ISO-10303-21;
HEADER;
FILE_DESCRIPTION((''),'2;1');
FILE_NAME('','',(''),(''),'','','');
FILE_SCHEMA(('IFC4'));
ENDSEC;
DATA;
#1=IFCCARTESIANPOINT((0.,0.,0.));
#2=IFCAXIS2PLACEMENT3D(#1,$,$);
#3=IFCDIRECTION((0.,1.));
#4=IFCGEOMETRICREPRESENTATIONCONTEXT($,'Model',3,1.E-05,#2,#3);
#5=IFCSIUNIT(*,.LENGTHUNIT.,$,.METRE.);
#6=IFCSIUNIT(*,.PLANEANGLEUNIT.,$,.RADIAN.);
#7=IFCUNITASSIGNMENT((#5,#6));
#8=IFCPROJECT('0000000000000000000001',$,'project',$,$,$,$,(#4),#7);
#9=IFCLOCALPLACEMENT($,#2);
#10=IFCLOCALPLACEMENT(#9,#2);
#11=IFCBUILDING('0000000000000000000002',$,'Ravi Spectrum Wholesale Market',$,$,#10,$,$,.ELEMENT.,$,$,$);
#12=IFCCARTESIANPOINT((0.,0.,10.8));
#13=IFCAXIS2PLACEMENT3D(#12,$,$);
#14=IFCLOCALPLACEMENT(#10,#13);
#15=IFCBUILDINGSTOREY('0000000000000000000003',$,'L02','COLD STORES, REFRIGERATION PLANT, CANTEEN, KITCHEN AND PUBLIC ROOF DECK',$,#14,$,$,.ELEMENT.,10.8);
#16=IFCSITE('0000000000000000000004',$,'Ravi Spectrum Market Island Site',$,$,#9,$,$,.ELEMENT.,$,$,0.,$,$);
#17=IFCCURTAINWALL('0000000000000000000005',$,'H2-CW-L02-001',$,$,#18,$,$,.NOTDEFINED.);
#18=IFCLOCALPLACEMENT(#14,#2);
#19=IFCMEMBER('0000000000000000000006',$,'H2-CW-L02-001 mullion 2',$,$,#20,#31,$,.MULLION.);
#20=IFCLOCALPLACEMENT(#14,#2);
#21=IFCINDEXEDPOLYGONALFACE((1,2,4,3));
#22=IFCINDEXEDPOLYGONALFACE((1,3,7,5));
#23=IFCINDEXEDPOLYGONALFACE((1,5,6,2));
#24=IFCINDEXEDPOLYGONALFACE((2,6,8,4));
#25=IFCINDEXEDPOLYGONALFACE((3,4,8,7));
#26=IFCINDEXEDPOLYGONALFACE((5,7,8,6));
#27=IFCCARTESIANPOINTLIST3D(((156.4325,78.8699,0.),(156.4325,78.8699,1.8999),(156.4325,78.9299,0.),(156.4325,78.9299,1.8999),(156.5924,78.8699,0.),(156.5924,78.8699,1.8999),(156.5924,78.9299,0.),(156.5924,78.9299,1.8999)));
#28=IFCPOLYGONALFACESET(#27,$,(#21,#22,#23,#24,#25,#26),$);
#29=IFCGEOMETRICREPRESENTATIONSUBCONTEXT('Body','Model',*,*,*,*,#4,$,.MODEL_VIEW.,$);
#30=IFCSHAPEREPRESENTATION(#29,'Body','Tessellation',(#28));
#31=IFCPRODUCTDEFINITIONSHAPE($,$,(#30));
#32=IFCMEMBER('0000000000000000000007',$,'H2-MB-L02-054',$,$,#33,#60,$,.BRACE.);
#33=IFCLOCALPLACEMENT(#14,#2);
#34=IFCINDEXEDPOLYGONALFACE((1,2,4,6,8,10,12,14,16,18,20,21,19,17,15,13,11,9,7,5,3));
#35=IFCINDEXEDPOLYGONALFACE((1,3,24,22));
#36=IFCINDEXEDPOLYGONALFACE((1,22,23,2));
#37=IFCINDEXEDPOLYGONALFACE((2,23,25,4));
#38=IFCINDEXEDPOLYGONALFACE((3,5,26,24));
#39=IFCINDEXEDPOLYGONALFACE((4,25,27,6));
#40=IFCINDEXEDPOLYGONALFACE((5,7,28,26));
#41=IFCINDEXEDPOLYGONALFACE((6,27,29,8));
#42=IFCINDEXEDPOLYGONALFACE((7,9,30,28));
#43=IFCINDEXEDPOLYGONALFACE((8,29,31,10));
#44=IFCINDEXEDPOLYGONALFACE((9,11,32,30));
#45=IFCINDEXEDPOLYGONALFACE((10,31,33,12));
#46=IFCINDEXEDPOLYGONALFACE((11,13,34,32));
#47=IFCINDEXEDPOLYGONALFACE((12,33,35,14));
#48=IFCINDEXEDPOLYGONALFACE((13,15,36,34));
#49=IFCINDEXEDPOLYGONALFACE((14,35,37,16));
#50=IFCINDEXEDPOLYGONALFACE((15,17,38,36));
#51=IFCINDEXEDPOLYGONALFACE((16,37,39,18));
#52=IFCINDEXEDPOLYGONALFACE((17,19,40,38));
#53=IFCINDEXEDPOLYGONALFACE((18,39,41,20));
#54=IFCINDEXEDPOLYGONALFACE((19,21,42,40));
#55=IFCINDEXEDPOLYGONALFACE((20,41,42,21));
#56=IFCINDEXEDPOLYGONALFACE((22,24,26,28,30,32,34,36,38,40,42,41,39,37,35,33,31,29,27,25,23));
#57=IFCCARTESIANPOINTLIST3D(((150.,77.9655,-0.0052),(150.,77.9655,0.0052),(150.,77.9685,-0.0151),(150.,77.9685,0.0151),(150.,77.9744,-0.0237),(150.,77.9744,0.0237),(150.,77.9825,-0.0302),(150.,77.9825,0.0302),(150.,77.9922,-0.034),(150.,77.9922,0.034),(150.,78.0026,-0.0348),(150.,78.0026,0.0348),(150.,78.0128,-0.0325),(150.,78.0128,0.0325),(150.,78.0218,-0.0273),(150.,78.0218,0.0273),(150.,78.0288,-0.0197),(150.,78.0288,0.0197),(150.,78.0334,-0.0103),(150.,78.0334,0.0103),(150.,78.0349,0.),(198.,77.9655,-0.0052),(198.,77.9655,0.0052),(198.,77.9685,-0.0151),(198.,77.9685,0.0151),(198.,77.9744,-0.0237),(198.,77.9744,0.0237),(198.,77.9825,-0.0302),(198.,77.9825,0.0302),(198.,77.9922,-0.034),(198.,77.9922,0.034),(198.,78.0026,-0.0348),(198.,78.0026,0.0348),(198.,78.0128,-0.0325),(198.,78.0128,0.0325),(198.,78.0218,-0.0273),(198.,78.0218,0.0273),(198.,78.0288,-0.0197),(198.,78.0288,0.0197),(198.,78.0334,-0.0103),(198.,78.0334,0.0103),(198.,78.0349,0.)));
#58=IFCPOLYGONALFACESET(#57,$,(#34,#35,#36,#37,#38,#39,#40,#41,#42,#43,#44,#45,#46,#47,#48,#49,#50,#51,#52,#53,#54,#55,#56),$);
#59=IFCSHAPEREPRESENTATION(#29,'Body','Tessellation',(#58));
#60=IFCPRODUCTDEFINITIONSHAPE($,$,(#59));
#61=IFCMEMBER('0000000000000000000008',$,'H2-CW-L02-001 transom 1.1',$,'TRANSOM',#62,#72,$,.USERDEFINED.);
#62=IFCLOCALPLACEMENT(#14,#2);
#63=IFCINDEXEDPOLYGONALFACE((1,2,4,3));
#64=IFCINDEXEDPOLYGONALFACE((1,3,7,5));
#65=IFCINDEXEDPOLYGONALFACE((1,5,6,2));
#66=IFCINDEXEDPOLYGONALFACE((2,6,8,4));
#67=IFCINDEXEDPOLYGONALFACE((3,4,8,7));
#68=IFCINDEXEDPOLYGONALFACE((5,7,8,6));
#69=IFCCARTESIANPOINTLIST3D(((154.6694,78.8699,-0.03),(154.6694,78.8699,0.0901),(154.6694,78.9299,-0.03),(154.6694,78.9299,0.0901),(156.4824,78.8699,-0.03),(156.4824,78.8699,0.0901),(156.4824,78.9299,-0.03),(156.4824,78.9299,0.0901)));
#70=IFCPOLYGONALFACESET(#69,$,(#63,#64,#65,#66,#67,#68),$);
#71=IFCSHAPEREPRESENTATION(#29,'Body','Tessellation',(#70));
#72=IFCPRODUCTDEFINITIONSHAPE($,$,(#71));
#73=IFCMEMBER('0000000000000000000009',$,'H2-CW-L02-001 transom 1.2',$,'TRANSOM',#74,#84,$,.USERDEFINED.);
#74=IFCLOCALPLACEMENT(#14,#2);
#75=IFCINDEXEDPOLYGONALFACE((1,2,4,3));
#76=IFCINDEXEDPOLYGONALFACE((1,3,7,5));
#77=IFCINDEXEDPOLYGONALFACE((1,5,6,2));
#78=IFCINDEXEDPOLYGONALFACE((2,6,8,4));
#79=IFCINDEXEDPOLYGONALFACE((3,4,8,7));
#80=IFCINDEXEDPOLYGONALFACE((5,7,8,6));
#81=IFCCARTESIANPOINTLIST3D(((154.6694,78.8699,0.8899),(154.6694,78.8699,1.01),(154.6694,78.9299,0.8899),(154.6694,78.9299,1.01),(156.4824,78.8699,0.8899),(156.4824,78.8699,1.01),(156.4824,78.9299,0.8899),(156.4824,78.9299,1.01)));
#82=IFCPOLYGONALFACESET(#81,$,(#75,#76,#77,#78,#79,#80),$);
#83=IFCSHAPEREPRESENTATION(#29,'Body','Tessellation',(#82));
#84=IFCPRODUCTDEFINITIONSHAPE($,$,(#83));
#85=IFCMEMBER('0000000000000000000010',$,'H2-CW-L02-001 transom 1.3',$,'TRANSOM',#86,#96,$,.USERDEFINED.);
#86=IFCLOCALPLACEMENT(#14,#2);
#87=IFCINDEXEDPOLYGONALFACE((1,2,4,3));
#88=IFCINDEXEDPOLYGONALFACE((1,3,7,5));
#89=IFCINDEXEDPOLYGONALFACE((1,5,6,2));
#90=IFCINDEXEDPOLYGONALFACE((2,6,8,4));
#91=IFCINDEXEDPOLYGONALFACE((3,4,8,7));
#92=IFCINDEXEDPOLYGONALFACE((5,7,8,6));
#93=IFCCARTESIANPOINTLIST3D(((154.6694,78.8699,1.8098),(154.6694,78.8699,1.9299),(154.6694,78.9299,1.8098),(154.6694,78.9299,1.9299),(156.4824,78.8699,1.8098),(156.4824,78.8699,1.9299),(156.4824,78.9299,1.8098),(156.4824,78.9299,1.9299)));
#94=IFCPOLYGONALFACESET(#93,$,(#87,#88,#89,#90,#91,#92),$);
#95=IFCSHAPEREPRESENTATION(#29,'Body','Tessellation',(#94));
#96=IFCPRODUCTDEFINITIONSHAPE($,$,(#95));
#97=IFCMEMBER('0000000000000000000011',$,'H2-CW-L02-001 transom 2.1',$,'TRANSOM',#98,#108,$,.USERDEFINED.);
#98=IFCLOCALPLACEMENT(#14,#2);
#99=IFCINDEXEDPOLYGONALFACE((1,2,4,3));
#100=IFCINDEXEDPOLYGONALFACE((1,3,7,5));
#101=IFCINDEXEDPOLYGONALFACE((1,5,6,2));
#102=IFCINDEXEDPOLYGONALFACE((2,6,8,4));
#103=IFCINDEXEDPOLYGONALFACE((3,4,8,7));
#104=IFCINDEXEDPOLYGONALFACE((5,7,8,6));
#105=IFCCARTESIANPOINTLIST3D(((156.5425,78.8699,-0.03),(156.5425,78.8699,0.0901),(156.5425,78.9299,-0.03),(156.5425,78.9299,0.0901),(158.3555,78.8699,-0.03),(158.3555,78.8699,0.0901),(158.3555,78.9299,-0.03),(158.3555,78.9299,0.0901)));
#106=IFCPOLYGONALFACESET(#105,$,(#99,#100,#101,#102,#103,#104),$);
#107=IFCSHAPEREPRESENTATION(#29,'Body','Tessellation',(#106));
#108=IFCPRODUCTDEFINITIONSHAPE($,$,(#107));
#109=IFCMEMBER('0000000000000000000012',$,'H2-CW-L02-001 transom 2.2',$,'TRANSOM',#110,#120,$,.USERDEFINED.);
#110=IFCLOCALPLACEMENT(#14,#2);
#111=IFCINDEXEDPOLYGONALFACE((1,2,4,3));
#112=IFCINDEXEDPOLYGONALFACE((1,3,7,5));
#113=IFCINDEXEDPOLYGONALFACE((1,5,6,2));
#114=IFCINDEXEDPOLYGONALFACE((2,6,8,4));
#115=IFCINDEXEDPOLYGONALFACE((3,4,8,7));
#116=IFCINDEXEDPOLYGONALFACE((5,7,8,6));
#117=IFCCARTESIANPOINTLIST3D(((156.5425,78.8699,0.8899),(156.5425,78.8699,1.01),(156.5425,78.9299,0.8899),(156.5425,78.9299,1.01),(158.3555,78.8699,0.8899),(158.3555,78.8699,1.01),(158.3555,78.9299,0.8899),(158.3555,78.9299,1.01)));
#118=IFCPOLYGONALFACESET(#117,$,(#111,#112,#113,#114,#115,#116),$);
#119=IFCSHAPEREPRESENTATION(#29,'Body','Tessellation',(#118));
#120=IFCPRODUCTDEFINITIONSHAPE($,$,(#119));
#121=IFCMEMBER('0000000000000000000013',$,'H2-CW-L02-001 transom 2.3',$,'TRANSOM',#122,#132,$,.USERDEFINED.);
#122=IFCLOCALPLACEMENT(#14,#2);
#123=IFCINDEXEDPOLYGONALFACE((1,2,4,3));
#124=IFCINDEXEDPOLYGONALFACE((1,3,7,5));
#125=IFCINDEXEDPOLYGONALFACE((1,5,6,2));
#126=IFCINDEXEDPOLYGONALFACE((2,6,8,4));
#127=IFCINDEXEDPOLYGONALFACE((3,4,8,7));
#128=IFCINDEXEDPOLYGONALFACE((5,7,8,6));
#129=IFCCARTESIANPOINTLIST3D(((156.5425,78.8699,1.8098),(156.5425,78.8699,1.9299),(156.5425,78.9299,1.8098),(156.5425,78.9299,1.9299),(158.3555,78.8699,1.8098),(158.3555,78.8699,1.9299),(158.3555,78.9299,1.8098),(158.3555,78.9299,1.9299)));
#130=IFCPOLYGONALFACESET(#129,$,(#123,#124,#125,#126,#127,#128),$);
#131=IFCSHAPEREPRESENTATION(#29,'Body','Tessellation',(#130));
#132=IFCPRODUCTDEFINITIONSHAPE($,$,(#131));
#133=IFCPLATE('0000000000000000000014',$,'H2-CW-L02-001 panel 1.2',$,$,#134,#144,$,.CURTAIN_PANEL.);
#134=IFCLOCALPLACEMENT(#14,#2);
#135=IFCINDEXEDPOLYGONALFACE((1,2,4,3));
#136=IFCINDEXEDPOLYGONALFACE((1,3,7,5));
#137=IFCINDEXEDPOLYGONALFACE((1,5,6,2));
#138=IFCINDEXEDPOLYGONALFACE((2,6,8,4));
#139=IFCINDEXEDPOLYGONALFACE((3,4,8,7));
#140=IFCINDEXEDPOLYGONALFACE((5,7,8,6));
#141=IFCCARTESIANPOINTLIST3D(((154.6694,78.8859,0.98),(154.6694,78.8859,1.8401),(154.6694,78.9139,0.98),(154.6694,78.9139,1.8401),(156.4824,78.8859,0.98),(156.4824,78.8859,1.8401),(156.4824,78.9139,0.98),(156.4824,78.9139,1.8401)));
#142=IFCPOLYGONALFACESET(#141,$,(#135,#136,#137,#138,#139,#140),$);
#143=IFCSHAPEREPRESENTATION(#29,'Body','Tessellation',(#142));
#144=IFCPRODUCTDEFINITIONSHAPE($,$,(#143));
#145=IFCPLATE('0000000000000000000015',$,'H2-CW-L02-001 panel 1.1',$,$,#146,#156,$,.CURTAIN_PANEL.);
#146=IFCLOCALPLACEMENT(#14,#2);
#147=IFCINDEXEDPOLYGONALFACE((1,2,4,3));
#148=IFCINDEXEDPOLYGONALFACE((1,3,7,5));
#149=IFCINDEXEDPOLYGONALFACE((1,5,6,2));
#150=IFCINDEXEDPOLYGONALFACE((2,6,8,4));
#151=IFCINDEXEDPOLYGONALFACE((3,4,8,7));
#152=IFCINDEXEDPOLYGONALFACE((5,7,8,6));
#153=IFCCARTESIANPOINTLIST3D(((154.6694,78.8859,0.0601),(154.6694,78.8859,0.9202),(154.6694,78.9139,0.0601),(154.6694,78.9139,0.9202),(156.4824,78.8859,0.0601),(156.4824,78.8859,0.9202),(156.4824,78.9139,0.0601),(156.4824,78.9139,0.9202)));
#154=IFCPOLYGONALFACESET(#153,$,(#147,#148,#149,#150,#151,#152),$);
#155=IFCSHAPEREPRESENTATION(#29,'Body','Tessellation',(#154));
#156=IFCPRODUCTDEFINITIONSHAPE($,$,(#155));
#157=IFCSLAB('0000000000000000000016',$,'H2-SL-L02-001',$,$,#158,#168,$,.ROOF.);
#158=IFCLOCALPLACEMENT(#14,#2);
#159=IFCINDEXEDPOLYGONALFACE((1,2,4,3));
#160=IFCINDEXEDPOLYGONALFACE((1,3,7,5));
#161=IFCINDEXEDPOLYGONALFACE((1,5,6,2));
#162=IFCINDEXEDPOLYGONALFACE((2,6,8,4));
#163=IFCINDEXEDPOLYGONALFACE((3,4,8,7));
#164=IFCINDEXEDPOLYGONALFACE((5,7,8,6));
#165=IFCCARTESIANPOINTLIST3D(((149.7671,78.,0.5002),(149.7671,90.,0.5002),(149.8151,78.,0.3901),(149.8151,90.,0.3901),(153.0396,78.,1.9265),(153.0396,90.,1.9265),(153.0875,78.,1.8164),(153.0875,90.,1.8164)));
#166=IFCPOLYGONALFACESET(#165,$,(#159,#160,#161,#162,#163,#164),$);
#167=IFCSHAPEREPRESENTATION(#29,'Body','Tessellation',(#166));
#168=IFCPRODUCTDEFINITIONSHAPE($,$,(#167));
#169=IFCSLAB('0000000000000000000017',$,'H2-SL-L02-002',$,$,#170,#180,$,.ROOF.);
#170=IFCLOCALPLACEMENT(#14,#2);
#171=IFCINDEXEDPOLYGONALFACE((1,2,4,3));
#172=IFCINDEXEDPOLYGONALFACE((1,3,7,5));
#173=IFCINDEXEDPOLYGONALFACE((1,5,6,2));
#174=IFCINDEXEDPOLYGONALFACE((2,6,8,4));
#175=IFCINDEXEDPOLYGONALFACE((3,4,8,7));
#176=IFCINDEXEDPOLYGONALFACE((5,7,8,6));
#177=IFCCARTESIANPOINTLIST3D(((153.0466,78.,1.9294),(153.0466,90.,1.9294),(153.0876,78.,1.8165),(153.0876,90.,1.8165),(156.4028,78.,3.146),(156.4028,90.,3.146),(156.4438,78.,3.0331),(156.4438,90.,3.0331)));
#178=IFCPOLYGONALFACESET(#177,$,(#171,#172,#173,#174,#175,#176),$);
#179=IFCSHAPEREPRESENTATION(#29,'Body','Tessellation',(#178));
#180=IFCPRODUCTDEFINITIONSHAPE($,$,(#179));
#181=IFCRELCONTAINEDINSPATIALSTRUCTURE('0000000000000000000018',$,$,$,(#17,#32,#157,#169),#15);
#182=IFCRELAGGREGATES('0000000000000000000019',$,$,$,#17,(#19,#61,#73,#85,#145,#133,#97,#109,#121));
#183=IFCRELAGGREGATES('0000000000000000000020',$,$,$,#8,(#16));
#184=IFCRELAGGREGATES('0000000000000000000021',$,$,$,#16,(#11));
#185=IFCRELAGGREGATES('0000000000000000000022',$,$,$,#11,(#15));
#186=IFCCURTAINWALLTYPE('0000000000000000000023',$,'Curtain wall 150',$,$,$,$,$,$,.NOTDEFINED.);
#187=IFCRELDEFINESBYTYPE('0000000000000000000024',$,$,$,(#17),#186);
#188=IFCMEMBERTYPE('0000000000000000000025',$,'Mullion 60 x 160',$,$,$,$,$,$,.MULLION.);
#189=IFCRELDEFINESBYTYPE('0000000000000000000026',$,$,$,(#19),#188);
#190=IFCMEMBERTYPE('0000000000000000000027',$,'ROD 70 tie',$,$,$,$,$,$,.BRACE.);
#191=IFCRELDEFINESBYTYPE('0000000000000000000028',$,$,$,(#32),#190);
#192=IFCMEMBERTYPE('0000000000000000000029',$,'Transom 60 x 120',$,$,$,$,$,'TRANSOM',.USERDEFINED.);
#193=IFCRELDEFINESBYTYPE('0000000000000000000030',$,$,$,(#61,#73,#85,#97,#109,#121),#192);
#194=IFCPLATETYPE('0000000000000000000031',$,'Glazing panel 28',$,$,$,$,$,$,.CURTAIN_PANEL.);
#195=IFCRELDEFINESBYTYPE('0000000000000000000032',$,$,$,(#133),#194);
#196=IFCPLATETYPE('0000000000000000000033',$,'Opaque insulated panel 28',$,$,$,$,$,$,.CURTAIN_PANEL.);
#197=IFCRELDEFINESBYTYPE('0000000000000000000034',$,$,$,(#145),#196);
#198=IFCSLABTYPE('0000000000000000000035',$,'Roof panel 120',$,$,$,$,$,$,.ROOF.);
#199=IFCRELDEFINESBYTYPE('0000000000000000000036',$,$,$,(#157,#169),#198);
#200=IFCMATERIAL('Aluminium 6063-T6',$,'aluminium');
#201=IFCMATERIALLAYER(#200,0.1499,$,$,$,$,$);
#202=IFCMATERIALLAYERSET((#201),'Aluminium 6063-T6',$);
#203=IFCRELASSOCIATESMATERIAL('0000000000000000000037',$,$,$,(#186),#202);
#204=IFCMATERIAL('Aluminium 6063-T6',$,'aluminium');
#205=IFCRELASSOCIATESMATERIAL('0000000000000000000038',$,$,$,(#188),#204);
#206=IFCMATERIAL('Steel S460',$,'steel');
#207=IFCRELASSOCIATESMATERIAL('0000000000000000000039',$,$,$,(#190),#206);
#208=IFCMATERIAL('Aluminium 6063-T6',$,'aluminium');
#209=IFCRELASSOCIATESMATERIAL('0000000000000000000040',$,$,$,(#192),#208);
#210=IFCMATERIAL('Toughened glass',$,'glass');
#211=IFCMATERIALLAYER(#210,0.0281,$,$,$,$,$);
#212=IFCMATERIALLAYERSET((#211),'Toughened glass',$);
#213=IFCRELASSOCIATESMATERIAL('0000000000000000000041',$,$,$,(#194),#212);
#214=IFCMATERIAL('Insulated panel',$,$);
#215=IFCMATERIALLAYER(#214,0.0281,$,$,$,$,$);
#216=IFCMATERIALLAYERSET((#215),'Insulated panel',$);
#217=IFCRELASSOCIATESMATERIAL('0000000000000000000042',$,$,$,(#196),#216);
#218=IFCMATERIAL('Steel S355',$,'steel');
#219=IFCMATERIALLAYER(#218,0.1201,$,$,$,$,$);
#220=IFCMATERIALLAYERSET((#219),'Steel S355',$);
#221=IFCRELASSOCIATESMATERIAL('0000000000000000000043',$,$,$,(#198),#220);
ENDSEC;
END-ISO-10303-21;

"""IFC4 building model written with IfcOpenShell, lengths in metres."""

from ifc_helpers import new_model, si_unit, direction, frame, origin, origin_2d, place, context, subcontext, project, spatial, polyline, rectangle, circle, outline, extrude, material, layer, layer_set, material_profile, profile_set, type_object, element, aggregate, save


model = new_model("IFC4")

# Units and contexts
model_context = context("Model", 3, precision=1e-05, world=origin(), true_north=direction((0.0, 1.0)))
body_context = subcontext(model_context, "Body", "Model", "MODEL_VIEW")
ifc_project = project(units=[si_unit("LENGTHUNIT", "METRE"), si_unit("PLANEANGLEUNIT", "RADIAN")], contexts=[model_context])

# Site, building, storey
site_placement = place(None, origin())
site = spatial("IfcSite", under=ifc_project, at=site_placement, Name="Ravi Spectrum Market Island Site", CompositionType="ELEMENT", RefElevation=0.0)
building_placement = place(site_placement, origin())
building = spatial("IfcBuilding", under=site, at=building_placement, Name="Ravi Spectrum Wholesale Market", CompositionType="ELEMENT")
storey_placement = place(building_placement, frame((0.0, 0.0, 10.8)))
storey = spatial("IfcBuildingStorey", under=building, at=storey_placement, Name="L02", Description="COLD STORES, REFRIGERATION PLANT, CANTEEN, KITCHEN AND PUBLIC ROOF DECK", CompositionType="ELEMENT", Elevation=10.8)

# Curtain wall, member
ifc_material_1 = material(Name="Aluminium 6063-T6", Category="aluminium")
ifc_layer_1 = layer(ifc_material_1, 0.1499)
ifc_layer_set_1 = layer_set([ifc_layer_1], Name="Aluminium 6063-T6")
curtain_wall_type = type_object("IfcCurtainWallType", Name="Curtain wall 150", PredefinedType="NOTDEFINED", material=ifc_layer_set_1)
curtain_wall_placement = place(storey_placement, origin())
curtain_wall = element("IfcCurtainWall", 1, at=curtain_wall_placement, inside=storey, type_object=curtain_wall_type, Name="H2-CW-L02-001", PredefinedType="NOTDEFINED")
ifc_material_2 = material(Name="Aluminium 6063-T6", Category="aluminium")
ifc_material_profile_1 = material_profile(ifc_material_2, rectangle(XDim=0.0601, YDim=0.1599, at=origin_2d()))
ifc_profile_set_1 = profile_set([ifc_material_profile_1], Name="Aluminium 6063-T6")
member_type_1 = type_object("IfcMemberType", Name="Mullion 60 x 160", PredefinedType="MULLION", material=ifc_profile_set_1)
member_1_placement = place(storey_placement, frame((156.5125, 78.8999, 0.0), z_axis=(0.0, 0.0, 1.0), x_axis=(0.0, 1.0, 0.0)))
member_1 = element("IfcMember", 2, at=member_1_placement, type_object=member_type_1, Name="H2-CW-L02-001 mullion 2", PredefinedType="MULLION", context=body_context, shape_type="SweptSolid", body=[
    extrude(rectangle(XDim=0.0601, YDim=0.1599, at=origin_2d()), origin(), (0.0, 0.0, 1.0), 1.8999),
])

# Members
ifc_material_3 = material(Name="Steel S460", Category="steel")
ifc_material_profile_2 = material_profile(ifc_material_3, circle(Radius=0.0349, at=origin_2d()))
ifc_profile_set_2 = profile_set([ifc_material_profile_2], Name="Steel S460")
member_type_2 = type_object("IfcMemberType", Name="ROD 70 tie", PredefinedType="BRACE", material=ifc_profile_set_2)
member_2_placement = place(storey_placement, frame((150.0, 78.0, 0.0), z_axis=(1.0, 0.0, 0.0), x_axis=(0.0, 1.0, 0.0)))
element("IfcMember", 3, at=member_2_placement, inside=storey, type_object=member_type_2, Name="H2-MB-L02-054", PredefinedType="BRACE", context=body_context, shape_type="SweptSolid", body=[
    extrude(circle(Radius=0.0349, at=origin_2d()), origin(), (0.0, 0.0, 1.0), 48.0),
])
ifc_material_4 = material(Name="Aluminium 6063-T6", Category="aluminium")
ifc_material_profile_3 = material_profile(ifc_material_4, rectangle(XDim=0.0601, YDim=0.1201, at=origin_2d()))
ifc_profile_set_3 = profile_set([ifc_material_profile_3], Name="Aluminium 6063-T6")
member_type_3 = type_object("IfcMemberType", Name="Transom 60 x 120", ElementType="TRANSOM", PredefinedType="USERDEFINED", material=ifc_profile_set_3)
member_3_placement = place(storey_placement, frame((154.6694, 78.8999, 0.03), z_axis=(1.0, 0.0, 0.0), x_axis=(0.0, 1.0, 0.0)))
member_3 = element("IfcMember", 4, at=member_3_placement, type_object=member_type_3, Name="H2-CW-L02-001 transom 1.1", ObjectType="TRANSOM", PredefinedType="USERDEFINED", context=body_context, shape_type="SweptSolid", body=[
    extrude(rectangle(XDim=0.0601, YDim=0.1201, at=origin_2d()), origin(), (0.0, 0.0, 1.0), 1.813),
])
member_4_placement = place(storey_placement, frame((154.6694, 78.8999, 0.95), z_axis=(1.0, 0.0, 0.0), x_axis=(0.0, 1.0, 0.0)))
member_4 = element("IfcMember", 5, at=member_4_placement, type_object=member_type_3, Name="H2-CW-L02-001 transom 1.2", ObjectType="TRANSOM", PredefinedType="USERDEFINED", context=body_context, shape_type="SweptSolid", body=[
    extrude(rectangle(XDim=0.0601, YDim=0.1201, at=origin_2d()), origin(), (0.0, 0.0, 1.0), 1.813),
])
member_5_placement = place(storey_placement, frame((154.6694, 78.8999, 1.8699), z_axis=(1.0, 0.0, 0.0), x_axis=(0.0, 1.0, 0.0)))
member_5 = element("IfcMember", 6, at=member_5_placement, type_object=member_type_3, Name="H2-CW-L02-001 transom 1.3", ObjectType="TRANSOM", PredefinedType="USERDEFINED", context=body_context, shape_type="SweptSolid", body=[
    extrude(rectangle(XDim=0.0601, YDim=0.1201, at=origin_2d()), origin(), (0.0, 0.0, 1.0), 1.813),
])
member_6_placement = place(storey_placement, frame((156.5425, 78.8999, 0.03), z_axis=(1.0, 0.0, 0.0), x_axis=(0.0, 1.0, 0.0)))
member_6 = element("IfcMember", 7, at=member_6_placement, type_object=member_type_3, Name="H2-CW-L02-001 transom 2.1", ObjectType="TRANSOM", PredefinedType="USERDEFINED", context=body_context, shape_type="SweptSolid", body=[
    extrude(rectangle(XDim=0.0601, YDim=0.1201, at=origin_2d()), origin(), (0.0, 0.0, 1.0), 1.813),
])
member_7_placement = place(storey_placement, frame((156.5425, 78.8999, 0.95), z_axis=(1.0, 0.0, 0.0), x_axis=(0.0, 1.0, 0.0)))
member_7 = element("IfcMember", 8, at=member_7_placement, type_object=member_type_3, Name="H2-CW-L02-001 transom 2.2", ObjectType="TRANSOM", PredefinedType="USERDEFINED", context=body_context, shape_type="SweptSolid", body=[
    extrude(rectangle(XDim=0.0601, YDim=0.1201, at=origin_2d()), origin(), (0.0, 0.0, 1.0), 1.813),
])
member_8_placement = place(storey_placement, frame((156.5425, 78.8999, 1.8699), z_axis=(1.0, 0.0, 0.0), x_axis=(0.0, 1.0, 0.0)))
member_8 = element("IfcMember", 9, at=member_8_placement, type_object=member_type_3, Name="H2-CW-L02-001 transom 2.3", ObjectType="TRANSOM", PredefinedType="USERDEFINED", context=body_context, shape_type="SweptSolid", body=[
    extrude(rectangle(XDim=0.0601, YDim=0.1201, at=origin_2d()), origin(), (0.0, 0.0, 1.0), 1.813),
])

# Plates
ifc_material_5 = material(Name="Toughened glass", Category="glass")
ifc_layer_2 = layer(ifc_material_5, 0.0281)
ifc_layer_set_2 = layer_set([ifc_layer_2], Name="Toughened glass")
plate_type_1 = type_object("IfcPlateType", Name="Glazing panel 28", PredefinedType="CURTAIN_PANEL", material=ifc_layer_set_2)
plate_1_placement = place(storey_placement, frame((155.5759, 78.8999, 0.98), z_axis=(0.0, 0.0, 1.0), x_axis=(1.0, 0.0, 0.0)))
plate_1 = element("IfcPlate", 10, at=plate_1_placement, type_object=plate_type_1, Name="H2-CW-L02-001 panel 1.2", PredefinedType="CURTAIN_PANEL", context=body_context, shape_type="SweptSolid", body=[
    extrude(rectangle(XDim=1.813, YDim=0.0281, at=origin_2d()), origin(), (0.0, 0.0, 1.0), 0.8601),
])
ifc_material_6 = material(Name="Insulated panel")
ifc_layer_3 = layer(ifc_material_6, 0.0281)
ifc_layer_set_3 = layer_set([ifc_layer_3], Name="Insulated panel")
plate_type_2 = type_object("IfcPlateType", Name="Opaque insulated panel 28", PredefinedType="CURTAIN_PANEL", material=ifc_layer_set_3)
plate_2_placement = place(storey_placement, frame((155.5759, 78.8999, 0.0601), z_axis=(0.0, 0.0, 1.0), x_axis=(1.0, 0.0, 0.0)))
plate_2 = element("IfcPlate", 11, at=plate_2_placement, type_object=plate_type_2, Name="H2-CW-L02-001 panel 1.1", PredefinedType="CURTAIN_PANEL", context=body_context, shape_type="SweptSolid", body=[
    extrude(rectangle(XDim=1.813, YDim=0.0281, at=origin_2d()), origin(), (0.0, 0.0, 1.0), 0.8601),
])
aggregate(curtain_wall, [member_1, member_3, member_4, member_5, plate_2, plate_1, member_6, member_7, member_8])

# Slabs
ifc_material_7 = material(Name="Steel S355", Category="steel")
ifc_layer_4 = layer(ifc_material_7, 0.1201)
ifc_layer_set_4 = layer_set([ifc_layer_4], Name="Steel S355")
slab_type = type_object("IfcSlabType", Name="Roof panel 120", PredefinedType="ROOF", material=ifc_layer_set_4)
slab_1_placement = place(storey_placement, frame((149.7671, 78.0, 0.5002), z_axis=(-0.399541, 0.0, 0.916715), x_axis=(0.916715, 0.0, 0.399541)))
element("IfcSlab", 12, at=slab_1_placement, inside=storey, type_object=slab_type, Name="H2-SL-L02-001", PredefinedType="ROOF", context=body_context, shape_type="SweptSolid", body=[
    extrude(outline(polyline([(0.0, 0.0), (3.5698, 0.0), (3.5698, 12.0), (0.0, 12.0), (0.0, 0.0)])), origin(), (0.0, 0.0, -1.0), 0.1201),
])
slab_2_placement = place(storey_placement, frame((153.0466, 78.0, 1.9294), z_axis=(-0.340782, 0.0, 0.940142), x_axis=(0.940142, 0.0, 0.340782)))
element("IfcSlab", 13, at=slab_2_placement, inside=storey, type_object=slab_type, Name="H2-SL-L02-002", PredefinedType="ROOF", context=body_context, shape_type="SweptSolid", body=[
    extrude(outline(polyline([(0.0, 0.0), (3.5699, 0.0), (3.5699, 12.0), (0.0, 12.0), (0.0, 0.0)])), origin(), (0.0, 0.0, -1.0), 0.1201),
])

save(model, "model.ifc")
